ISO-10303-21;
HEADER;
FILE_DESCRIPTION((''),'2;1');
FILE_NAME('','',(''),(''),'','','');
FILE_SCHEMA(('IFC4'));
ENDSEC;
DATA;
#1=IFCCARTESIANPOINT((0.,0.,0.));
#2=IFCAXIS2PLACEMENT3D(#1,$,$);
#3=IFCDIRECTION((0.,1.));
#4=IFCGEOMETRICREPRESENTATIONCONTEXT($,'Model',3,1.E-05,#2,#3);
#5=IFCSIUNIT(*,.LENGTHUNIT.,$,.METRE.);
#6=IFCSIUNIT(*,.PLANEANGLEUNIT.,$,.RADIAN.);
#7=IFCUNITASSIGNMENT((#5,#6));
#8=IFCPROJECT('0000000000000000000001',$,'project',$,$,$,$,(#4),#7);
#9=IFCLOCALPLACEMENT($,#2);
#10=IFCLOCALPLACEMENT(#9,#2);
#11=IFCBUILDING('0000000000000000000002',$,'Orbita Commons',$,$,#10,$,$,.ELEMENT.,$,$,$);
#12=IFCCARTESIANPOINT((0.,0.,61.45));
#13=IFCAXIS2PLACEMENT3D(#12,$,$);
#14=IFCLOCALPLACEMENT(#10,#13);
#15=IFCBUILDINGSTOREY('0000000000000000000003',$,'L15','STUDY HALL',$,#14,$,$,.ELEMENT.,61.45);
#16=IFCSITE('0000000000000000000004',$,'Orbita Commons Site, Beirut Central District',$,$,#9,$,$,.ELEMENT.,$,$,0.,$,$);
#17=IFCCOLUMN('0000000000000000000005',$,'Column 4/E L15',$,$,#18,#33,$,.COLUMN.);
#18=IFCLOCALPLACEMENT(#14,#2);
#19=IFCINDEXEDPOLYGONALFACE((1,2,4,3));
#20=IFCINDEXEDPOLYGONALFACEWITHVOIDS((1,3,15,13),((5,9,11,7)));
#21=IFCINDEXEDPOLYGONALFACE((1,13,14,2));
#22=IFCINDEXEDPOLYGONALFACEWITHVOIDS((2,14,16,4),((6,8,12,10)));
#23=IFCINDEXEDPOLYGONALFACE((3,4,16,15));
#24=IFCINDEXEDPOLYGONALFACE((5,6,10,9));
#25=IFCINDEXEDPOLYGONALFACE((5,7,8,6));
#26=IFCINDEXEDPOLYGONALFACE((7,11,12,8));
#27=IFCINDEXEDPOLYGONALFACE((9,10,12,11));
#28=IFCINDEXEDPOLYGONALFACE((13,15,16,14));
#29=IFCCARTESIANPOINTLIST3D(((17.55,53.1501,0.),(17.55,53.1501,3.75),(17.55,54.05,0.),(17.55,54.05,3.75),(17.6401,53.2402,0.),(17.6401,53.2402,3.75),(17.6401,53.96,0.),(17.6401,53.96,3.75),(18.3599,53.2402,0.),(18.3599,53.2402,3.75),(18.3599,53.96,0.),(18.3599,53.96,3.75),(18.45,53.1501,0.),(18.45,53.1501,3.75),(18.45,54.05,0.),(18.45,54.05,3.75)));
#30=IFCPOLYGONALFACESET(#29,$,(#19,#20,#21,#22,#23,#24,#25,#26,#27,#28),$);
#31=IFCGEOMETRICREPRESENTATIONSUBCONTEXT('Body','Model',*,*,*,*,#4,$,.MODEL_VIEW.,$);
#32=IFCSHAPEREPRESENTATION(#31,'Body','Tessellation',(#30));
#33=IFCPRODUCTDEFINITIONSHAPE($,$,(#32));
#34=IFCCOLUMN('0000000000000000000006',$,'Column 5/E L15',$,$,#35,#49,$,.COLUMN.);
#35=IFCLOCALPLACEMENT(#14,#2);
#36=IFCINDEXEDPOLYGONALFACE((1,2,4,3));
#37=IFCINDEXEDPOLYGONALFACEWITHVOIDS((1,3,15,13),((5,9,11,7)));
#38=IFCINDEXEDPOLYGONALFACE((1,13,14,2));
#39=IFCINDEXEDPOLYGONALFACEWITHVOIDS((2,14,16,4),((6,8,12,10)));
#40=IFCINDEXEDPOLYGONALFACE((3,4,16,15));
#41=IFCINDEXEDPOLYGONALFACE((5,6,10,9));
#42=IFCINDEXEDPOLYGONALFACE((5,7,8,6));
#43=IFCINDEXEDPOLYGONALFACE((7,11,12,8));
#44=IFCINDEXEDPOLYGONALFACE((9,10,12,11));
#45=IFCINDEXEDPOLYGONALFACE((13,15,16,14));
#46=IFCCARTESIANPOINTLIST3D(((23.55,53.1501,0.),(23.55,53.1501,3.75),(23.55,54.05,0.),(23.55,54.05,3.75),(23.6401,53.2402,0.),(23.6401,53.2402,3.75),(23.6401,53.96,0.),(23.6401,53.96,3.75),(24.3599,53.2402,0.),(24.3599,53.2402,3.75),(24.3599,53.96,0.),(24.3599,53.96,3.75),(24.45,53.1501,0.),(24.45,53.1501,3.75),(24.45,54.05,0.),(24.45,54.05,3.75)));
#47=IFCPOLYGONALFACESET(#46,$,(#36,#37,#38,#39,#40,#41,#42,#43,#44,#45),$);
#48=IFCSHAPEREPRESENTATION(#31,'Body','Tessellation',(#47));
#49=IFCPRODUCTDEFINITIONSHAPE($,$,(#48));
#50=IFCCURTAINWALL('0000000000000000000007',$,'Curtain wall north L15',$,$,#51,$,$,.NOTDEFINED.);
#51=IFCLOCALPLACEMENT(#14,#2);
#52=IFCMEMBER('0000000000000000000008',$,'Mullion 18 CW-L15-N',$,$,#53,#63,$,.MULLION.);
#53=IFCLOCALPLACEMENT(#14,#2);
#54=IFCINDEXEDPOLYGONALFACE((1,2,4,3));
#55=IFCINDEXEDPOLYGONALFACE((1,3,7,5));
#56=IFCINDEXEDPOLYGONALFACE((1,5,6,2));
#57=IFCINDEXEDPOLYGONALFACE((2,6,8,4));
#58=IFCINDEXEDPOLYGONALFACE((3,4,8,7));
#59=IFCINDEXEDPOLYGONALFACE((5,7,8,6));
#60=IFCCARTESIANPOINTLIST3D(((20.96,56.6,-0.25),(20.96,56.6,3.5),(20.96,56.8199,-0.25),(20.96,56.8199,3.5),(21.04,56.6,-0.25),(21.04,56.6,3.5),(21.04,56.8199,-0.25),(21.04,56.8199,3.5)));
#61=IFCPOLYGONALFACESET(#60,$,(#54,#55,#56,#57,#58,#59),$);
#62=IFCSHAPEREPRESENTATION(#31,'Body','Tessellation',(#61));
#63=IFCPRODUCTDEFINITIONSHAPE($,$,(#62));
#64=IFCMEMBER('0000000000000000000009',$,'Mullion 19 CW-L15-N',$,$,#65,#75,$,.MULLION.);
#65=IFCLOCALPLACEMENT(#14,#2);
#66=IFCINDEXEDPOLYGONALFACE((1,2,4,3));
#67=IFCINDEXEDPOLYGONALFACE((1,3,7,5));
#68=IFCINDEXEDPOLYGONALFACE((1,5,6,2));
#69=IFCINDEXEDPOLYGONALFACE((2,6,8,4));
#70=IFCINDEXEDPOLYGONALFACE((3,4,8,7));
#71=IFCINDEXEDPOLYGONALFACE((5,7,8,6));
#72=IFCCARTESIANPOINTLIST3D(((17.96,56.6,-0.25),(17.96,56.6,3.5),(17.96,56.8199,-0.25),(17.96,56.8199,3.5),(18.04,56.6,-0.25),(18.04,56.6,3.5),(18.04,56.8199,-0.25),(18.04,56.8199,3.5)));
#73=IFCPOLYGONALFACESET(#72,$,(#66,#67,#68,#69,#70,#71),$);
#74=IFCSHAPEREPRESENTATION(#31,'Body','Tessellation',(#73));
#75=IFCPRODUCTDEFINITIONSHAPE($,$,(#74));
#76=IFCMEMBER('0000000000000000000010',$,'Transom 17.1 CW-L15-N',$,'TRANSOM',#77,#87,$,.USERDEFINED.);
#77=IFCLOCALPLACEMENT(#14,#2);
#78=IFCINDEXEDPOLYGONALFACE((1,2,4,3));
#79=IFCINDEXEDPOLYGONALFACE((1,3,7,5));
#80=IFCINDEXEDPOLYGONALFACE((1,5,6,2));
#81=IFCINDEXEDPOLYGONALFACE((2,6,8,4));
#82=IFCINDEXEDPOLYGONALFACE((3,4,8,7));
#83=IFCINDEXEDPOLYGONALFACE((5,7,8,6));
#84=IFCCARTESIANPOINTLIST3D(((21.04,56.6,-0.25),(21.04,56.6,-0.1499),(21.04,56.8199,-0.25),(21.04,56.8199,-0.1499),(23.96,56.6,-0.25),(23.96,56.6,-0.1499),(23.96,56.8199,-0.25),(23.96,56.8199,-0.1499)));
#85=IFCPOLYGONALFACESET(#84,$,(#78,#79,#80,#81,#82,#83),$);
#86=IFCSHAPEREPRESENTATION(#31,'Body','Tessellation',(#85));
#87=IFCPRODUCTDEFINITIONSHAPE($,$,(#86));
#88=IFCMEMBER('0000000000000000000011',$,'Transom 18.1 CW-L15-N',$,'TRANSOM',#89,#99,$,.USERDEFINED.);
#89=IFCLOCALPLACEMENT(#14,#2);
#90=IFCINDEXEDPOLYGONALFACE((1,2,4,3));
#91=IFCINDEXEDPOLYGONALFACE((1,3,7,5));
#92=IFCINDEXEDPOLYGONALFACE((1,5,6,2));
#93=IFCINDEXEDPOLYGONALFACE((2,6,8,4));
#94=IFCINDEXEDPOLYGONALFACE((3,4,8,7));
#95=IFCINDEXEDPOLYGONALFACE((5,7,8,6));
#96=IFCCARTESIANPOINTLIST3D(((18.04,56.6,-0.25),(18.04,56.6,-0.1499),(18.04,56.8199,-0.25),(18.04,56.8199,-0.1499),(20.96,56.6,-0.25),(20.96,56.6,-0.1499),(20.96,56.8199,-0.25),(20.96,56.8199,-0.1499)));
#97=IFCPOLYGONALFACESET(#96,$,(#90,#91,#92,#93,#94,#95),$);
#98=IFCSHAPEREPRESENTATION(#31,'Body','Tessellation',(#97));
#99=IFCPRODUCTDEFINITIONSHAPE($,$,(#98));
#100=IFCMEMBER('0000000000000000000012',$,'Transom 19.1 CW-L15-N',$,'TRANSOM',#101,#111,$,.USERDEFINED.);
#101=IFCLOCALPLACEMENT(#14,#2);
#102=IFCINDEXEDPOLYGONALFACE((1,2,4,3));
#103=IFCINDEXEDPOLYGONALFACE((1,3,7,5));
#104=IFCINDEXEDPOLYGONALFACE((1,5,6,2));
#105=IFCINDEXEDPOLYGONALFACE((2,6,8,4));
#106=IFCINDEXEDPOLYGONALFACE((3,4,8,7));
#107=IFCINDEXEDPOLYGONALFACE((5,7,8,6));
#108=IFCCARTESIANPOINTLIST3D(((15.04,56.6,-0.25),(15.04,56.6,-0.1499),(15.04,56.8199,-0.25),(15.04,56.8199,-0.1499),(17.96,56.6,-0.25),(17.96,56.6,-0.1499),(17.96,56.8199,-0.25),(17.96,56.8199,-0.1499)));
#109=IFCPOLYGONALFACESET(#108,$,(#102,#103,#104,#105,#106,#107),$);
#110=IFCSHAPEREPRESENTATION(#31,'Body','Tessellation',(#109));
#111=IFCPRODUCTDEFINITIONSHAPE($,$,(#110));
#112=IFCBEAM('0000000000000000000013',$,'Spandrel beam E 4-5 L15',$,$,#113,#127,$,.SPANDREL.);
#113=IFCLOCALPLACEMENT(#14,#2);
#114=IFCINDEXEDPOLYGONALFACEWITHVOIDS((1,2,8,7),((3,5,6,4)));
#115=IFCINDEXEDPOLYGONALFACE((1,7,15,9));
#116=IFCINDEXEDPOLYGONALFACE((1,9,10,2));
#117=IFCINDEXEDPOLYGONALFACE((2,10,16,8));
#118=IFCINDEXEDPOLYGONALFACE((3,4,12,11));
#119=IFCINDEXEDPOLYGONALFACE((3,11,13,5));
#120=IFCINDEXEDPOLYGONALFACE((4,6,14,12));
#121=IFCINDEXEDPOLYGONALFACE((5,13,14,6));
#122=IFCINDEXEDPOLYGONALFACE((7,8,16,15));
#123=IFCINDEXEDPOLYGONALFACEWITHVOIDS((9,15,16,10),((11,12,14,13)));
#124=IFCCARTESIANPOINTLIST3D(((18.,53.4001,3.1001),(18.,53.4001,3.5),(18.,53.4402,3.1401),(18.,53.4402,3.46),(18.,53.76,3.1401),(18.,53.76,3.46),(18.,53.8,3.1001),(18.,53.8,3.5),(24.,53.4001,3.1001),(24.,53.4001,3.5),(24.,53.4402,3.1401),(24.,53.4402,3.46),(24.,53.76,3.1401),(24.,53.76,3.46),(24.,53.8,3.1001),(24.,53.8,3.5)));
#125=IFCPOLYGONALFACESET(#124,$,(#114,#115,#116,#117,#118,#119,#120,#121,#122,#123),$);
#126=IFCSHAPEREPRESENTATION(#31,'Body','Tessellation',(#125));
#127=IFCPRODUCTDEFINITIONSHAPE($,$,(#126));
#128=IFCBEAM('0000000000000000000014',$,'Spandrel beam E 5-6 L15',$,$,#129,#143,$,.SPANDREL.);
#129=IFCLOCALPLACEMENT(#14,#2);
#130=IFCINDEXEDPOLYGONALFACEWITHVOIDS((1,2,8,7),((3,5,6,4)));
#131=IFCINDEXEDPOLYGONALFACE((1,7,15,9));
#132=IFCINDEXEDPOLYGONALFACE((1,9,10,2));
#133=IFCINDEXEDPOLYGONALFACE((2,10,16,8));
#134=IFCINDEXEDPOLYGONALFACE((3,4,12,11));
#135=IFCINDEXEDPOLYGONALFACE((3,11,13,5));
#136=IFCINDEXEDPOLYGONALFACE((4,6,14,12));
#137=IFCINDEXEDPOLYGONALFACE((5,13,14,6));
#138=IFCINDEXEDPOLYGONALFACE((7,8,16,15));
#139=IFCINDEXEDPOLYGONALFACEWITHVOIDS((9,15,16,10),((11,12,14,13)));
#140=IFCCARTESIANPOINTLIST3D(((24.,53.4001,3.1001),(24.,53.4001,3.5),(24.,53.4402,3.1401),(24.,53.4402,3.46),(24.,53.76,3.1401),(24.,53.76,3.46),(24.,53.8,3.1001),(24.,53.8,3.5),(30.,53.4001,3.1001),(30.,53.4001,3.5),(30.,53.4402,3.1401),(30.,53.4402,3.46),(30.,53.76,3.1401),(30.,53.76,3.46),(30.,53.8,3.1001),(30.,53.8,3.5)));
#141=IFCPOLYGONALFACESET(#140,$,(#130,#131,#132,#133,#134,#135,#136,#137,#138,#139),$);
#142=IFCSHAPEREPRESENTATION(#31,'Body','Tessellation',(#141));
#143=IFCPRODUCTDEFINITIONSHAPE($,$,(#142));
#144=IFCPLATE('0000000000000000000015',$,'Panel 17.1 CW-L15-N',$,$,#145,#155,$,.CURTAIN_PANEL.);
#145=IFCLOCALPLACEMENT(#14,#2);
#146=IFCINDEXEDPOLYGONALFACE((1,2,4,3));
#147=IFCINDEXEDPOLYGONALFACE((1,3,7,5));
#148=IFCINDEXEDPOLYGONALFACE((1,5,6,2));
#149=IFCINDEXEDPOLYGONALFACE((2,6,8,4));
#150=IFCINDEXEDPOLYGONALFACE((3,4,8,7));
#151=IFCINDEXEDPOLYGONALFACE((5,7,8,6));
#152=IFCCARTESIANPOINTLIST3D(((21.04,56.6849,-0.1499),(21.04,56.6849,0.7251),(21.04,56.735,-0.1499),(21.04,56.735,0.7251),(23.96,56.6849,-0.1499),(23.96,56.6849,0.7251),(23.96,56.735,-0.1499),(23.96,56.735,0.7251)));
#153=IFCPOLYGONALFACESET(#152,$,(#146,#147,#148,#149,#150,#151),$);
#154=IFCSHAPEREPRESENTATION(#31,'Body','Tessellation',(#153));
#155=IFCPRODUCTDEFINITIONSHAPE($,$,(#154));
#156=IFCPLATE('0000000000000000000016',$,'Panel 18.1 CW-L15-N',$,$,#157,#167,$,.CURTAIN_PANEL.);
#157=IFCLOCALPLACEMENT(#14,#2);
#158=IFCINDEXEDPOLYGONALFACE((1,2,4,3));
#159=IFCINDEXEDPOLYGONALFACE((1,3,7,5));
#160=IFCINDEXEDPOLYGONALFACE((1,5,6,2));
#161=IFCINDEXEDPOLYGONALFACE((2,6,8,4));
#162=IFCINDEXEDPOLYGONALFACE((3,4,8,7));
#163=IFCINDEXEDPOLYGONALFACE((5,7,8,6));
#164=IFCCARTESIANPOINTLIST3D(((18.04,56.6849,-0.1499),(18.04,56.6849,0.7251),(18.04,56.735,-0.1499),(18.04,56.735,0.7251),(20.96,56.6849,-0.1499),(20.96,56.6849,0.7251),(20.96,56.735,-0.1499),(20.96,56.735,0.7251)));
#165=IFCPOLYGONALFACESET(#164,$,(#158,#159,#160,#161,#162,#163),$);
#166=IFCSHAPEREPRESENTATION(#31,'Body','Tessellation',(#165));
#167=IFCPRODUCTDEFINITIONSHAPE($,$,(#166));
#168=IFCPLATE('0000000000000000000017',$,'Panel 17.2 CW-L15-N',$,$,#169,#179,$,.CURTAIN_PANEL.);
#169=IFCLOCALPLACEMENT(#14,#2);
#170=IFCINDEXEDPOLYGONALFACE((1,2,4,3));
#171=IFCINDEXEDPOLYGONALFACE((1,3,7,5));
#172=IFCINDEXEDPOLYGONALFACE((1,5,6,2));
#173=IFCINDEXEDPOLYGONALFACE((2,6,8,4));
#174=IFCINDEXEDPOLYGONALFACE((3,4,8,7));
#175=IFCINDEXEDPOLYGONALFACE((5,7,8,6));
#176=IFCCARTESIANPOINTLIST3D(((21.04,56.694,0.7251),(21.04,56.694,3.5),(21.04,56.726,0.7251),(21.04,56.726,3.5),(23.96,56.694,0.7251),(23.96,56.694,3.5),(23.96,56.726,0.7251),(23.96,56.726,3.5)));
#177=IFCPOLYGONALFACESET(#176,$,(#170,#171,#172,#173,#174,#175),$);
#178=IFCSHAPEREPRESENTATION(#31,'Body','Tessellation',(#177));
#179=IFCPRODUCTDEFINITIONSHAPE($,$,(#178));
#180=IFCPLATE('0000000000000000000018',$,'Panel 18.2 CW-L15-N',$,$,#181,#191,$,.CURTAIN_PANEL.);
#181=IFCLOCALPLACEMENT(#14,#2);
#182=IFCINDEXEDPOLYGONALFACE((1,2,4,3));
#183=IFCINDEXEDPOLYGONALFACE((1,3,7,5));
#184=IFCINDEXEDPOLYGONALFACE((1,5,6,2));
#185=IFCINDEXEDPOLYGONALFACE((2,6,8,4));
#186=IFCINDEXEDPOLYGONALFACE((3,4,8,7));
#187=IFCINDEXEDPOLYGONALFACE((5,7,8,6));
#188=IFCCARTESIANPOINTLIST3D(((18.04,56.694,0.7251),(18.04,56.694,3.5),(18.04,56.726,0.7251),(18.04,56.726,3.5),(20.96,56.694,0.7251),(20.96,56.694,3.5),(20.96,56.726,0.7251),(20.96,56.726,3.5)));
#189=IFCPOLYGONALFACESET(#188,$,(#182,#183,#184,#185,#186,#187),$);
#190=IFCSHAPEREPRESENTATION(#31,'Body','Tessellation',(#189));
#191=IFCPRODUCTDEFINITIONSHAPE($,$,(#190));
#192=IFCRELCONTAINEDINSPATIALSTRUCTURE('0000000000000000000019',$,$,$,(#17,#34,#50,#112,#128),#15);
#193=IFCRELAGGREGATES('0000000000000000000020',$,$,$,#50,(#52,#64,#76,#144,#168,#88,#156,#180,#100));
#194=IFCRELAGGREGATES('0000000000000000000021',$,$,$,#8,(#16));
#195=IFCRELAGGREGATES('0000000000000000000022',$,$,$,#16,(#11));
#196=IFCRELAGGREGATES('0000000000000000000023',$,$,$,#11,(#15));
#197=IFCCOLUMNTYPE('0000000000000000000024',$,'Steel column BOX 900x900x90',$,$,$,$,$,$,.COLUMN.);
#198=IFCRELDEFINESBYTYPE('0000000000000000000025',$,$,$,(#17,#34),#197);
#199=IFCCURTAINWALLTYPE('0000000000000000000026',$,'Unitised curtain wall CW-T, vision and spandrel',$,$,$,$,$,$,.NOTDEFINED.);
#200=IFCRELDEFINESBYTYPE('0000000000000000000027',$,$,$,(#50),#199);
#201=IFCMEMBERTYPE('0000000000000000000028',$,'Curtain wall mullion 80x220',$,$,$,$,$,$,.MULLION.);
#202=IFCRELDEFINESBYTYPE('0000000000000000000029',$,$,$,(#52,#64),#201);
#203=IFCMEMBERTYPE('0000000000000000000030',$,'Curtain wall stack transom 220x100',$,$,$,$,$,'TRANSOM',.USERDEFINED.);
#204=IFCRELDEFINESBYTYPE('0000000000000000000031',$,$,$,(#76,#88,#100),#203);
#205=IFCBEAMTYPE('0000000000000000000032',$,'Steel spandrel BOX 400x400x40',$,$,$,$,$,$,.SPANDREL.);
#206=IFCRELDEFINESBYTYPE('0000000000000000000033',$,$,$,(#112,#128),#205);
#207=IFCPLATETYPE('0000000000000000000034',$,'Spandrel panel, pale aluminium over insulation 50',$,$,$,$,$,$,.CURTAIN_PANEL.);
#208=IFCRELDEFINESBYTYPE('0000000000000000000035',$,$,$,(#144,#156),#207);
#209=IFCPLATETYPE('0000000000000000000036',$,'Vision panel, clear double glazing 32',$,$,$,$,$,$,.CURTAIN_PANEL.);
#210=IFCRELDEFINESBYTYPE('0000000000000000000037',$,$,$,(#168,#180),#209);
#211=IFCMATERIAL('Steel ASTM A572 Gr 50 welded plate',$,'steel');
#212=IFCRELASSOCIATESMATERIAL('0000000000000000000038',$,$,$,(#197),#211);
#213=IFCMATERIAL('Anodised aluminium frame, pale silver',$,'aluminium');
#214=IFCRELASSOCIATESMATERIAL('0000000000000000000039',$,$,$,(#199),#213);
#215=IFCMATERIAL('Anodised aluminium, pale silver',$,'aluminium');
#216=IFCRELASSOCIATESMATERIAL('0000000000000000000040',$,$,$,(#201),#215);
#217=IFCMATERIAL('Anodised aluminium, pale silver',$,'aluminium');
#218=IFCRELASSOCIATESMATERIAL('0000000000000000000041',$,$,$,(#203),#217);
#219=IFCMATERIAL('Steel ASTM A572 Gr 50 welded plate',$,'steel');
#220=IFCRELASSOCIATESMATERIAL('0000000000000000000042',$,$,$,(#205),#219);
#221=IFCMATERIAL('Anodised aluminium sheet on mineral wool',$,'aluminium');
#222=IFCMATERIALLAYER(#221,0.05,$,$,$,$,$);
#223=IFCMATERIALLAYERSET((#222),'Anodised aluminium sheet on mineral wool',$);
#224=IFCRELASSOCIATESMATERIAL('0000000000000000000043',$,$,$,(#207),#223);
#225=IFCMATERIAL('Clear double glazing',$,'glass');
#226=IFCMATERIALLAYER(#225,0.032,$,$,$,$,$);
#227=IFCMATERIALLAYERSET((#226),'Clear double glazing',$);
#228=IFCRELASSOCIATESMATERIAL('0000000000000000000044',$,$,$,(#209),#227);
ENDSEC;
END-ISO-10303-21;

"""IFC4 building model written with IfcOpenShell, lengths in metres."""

from ifc_helpers import new_model, si_unit, direction, frame, origin, origin_2d, place, context, subcontext, project, spatial, rectangle, hollow_rectangle, extrude, material, layer, layer_set, material_profile, profile_set, type_object, element, aggregate, save


model = new_model("IFC4")

# Units and contexts
model_context = context("Model", 3, precision=1e-05, world=origin(), true_north=direction((0.0, 1.0)))
body_context = subcontext(model_context, "Body", "Model", "MODEL_VIEW")
ifc_project = project(units=[si_unit("LENGTHUNIT", "METRE"), si_unit("PLANEANGLEUNIT", "RADIAN")], contexts=[model_context])

# Site, building, storey
site_placement = place(None, origin())
site = spatial("IfcSite", under=ifc_project, at=site_placement, Name="Orbita Commons Site, Beirut Central District", CompositionType="ELEMENT", RefElevation=0.0)
building_placement = place(site_placement, origin())
building = spatial("IfcBuilding", under=site, at=building_placement, Name="Orbita Commons", CompositionType="ELEMENT")
storey_placement = place(building_placement, frame((0.0, 0.0, 61.45)))
storey = spatial("IfcBuildingStorey", under=building, at=storey_placement, Name="L15", Description="STUDY HALL", CompositionType="ELEMENT", Elevation=61.45)

# Columns
ifc_material_1 = material(Name="Steel ASTM A572 Gr 50 welded plate", Category="steel")
ifc_material_profile_1 = material_profile(ifc_material_1, hollow_rectangle(XDim=0.8999, YDim=0.8999, WallThickness=0.0901, at=origin_2d()), Name="BOX 900x900x90")
ifc_profile_set_1 = profile_set([ifc_material_profile_1], Name="Steel ASTM A572 Gr 50 welded plate")
column_type = type_object("IfcColumnType", Name="Steel column BOX 900x900x90", PredefinedType="COLUMN", material=ifc_profile_set_1)
for number, where, z_axis, x_axis, name in (
    (1, (18.0, 53.6001, 0.0), (0.0, 0.0, 1.0), (1.0, 0.0, 0.0), "Column 4/E L15"),
    (2, (24.0, 53.6001, 0.0), (0.0, 0.0, 1.0), (1.0, 0.0, 0.0), "Column 5/E L15"),
):
    element("IfcColumn", number, at=place(storey_placement, frame(where, z_axis=z_axis, x_axis=x_axis)), inside=storey, type_object=column_type, Name=name, PredefinedType="COLUMN", context=body_context, shape_type="SweptSolid", body=[
        extrude(hollow_rectangle(XDim=0.8999, YDim=0.8999, WallThickness=0.0901, at=origin_2d()), origin(), (0.0, 0.0, 1.0), 3.75),
    ])

# Curtain wall, members
ifc_material_2 = material(Name="Anodised aluminium frame, pale silver", Category="aluminium")
curtain_wall_type = type_object("IfcCurtainWallType", Name="Unitised curtain wall CW-T, vision and spandrel", PredefinedType="NOTDEFINED", material=ifc_material_2)
curtain_wall_placement = place(storey_placement, origin())
curtain_wall = element("IfcCurtainWall", 3, at=curtain_wall_placement, inside=storey, type_object=curtain_wall_type, Name="Curtain wall north L15", PredefinedType="NOTDEFINED")
ifc_material_3 = material(Name="Anodised aluminium, pale silver", Category="aluminium")
ifc_material_profile_2 = material_profile(ifc_material_3, rectangle(XDim=0.0801, YDim=0.22, at=origin_2d()), Name="AL 80x220")
ifc_profile_set_2 = profile_set([ifc_material_profile_2], Name="Anodised aluminium, pale silver")
member_type_1 = type_object("IfcMemberType", Name="Curtain wall mullion 80x220", PredefinedType="MULLION", material=ifc_profile_set_2)
member_1_placement = place(storey_placement, frame((21.0, 56.71, -0.25), z_axis=(0.0, 0.0, 1.0), x_axis=(-1.0, 0.0, 0.0)))
member_1 = element("IfcMember", 4, at=member_1_placement, type_object=member_type_1, Name="Mullion 18 CW-L15-N", PredefinedType="MULLION", context=body_context, shape_type="SweptSolid", body=[
    extrude(rectangle(XDim=0.0801, YDim=0.22, at=origin_2d()), origin(), (0.0, 0.0, 1.0), 3.75),
])
member_2_placement = place(storey_placement, frame((18.0, 56.71, -0.25), z_axis=(0.0, 0.0, 1.0), x_axis=(-1.0, 0.0, 0.0)))
member_2 = element("IfcMember", 5, at=member_2_placement, type_object=member_type_1, Name="Mullion 19 CW-L15-N", PredefinedType="MULLION", context=body_context, shape_type="SweptSolid", body=[
    extrude(rectangle(XDim=0.0801, YDim=0.22, at=origin_2d()), origin(), (0.0, 0.0, 1.0), 3.75),
])
ifc_material_4 = material(Name="Anodised aluminium, pale silver", Category="aluminium")
ifc_material_profile_3 = material_profile(ifc_material_4, rectangle(XDim=0.22, YDim=0.1001, at=origin_2d()), Name="AL 220x100")
ifc_profile_set_3 = profile_set([ifc_material_profile_3], Name="Anodised aluminium, pale silver")
member_type_2 = type_object("IfcMemberType", Name="Curtain wall stack transom 220x100", ElementType="TRANSOM", PredefinedType="USERDEFINED", material=ifc_profile_set_3)
member_3_placement = place(storey_placement, frame((23.96, 56.71, -0.2), z_axis=(-1.0, 0.0, 0.0), x_axis=(0.0, -1.0, 0.0)))
member_3 = element("IfcMember", 6, at=member_3_placement, type_object=member_type_2, Name="Transom 17.1 CW-L15-N", ObjectType="TRANSOM", PredefinedType="USERDEFINED", context=body_context, shape_type="SweptSolid", body=[
    extrude(rectangle(XDim=0.22, YDim=0.1001, at=origin_2d()), origin(), (0.0, 0.0, 1.0), 2.9199),
])
member_4_placement = place(storey_placement, frame((20.96, 56.71, -0.2), z_axis=(-1.0, 0.0, 0.0), x_axis=(0.0, -1.0, 0.0)))
member_4 = element("IfcMember", 7, at=member_4_placement, type_object=member_type_2, Name="Transom 18.1 CW-L15-N", ObjectType="TRANSOM", PredefinedType="USERDEFINED", context=body_context, shape_type="SweptSolid", body=[
    extrude(rectangle(XDim=0.22, YDim=0.1001, at=origin_2d()), origin(), (0.0, 0.0, 1.0), 2.9199),
])
member_5_placement = place(storey_placement, frame((17.96, 56.71, -0.2), z_axis=(-1.0, 0.0, 0.0), x_axis=(0.0, -1.0, 0.0)))
member_5 = element("IfcMember", 8, at=member_5_placement, type_object=member_type_2, Name="Transom 19.1 CW-L15-N", ObjectType="TRANSOM", PredefinedType="USERDEFINED", context=body_context, shape_type="SweptSolid", body=[
    extrude(rectangle(XDim=0.22, YDim=0.1001, at=origin_2d()), origin(), (0.0, 0.0, 1.0), 2.9199),
])

# Beams
ifc_material_5 = material(Name="Steel ASTM A572 Gr 50 welded plate", Category="steel")
ifc_material_profile_4 = material_profile(ifc_material_5, hollow_rectangle(XDim=0.3999, YDim=0.3999, WallThickness=0.04, at=origin_2d()), Name="BOX 400x400x40")
ifc_profile_set_4 = profile_set([ifc_material_profile_4], Name="Steel ASTM A572 Gr 50 welded plate")
beam_type = type_object("IfcBeamType", Name="Steel spandrel BOX 400x400x40", PredefinedType="SPANDREL", material=ifc_profile_set_4)
for number, where, z_axis, x_axis, name in (
    (9, (18.0, 53.6001, 3.3), (1.0, 0.0, 0.0), (0.0, 1.0, 0.0), "Spandrel beam E 4-5 L15"),
    (10, (24.0, 53.6001, 3.3), (1.0, 0.0, 0.0), (0.0, 1.0, 0.0), "Spandrel beam E 5-6 L15"),
):
    element("IfcBeam", number, at=place(storey_placement, frame(where, z_axis=z_axis, x_axis=x_axis)), inside=storey, type_object=beam_type, Name=name, PredefinedType="SPANDREL", context=body_context, shape_type="SweptSolid", body=[
        extrude(hollow_rectangle(XDim=0.3999, YDim=0.3999, WallThickness=0.04, at=origin_2d()), origin(), (0.0, 0.0, 1.0), 6.0),
    ])

# Plates
ifc_material_6 = material(Name="Anodised aluminium sheet on mineral wool", Category="aluminium")
ifc_layer_1 = layer(ifc_material_6, 0.05)
ifc_layer_set_1 = layer_set([ifc_layer_1], Name="Anodised aluminium sheet on mineral wool")
plate_type_1 = type_object("IfcPlateType", Name="Spandrel panel, pale aluminium over insulation 50", PredefinedType="CURTAIN_PANEL", material=ifc_layer_set_1)
plate_1_placement = place(storey_placement, frame((22.5, 56.71, -0.1499), z_axis=(0.0, 0.0, 1.0), x_axis=(-1.0, 0.0, 0.0)))
plate_1 = element("IfcPlate", 11, at=plate_1_placement, type_object=plate_type_1, Name="Panel 17.1 CW-L15-N", PredefinedType="CURTAIN_PANEL", context=body_context, shape_type="SweptSolid", body=[
    extrude(rectangle(XDim=2.9199, YDim=0.05, at=origin_2d()), origin(), (0.0, 0.0, 1.0), 0.875),
])
plate_2_placement = place(storey_placement, frame((19.5, 56.71, -0.1499), z_axis=(0.0, 0.0, 1.0), x_axis=(-1.0, 0.0, 0.0)))
plate_2 = element("IfcPlate", 12, at=plate_2_placement, type_object=plate_type_1, Name="Panel 18.1 CW-L15-N", PredefinedType="CURTAIN_PANEL", context=body_context, shape_type="SweptSolid", body=[
    extrude(rectangle(XDim=2.9199, YDim=0.05, at=origin_2d()), origin(), (0.0, 0.0, 1.0), 0.875),
])
ifc_material_7 = material(Name="Clear double glazing", Category="glass")
ifc_layer_2 = layer(ifc_material_7, 0.032)
ifc_layer_set_2 = layer_set([ifc_layer_2], Name="Clear double glazing")
plate_type_2 = type_object("IfcPlateType", Name="Vision panel, clear double glazing 32", PredefinedType="CURTAIN_PANEL", material=ifc_layer_set_2)
plate_3_placement = place(storey_placement, frame((22.5, 56.71, 0.7251), z_axis=(0.0, 0.0, 1.0), x_axis=(-1.0, 0.0, 0.0)))
plate_3 = element("IfcPlate", 13, at=plate_3_placement, type_object=plate_type_2, Name="Panel 17.2 CW-L15-N", PredefinedType="CURTAIN_PANEL", context=body_context, shape_type="SweptSolid", body=[
    extrude(rectangle(XDim=2.9199, YDim=0.032, at=origin_2d()), origin(), (0.0, 0.0, 1.0), 2.7749),
])
plate_4_placement = place(storey_placement, frame((19.5, 56.71, 0.7251), z_axis=(0.0, 0.0, 1.0), x_axis=(-1.0, 0.0, 0.0)))
plate_4 = element("IfcPlate", 14, at=plate_4_placement, type_object=plate_type_2, Name="Panel 18.2 CW-L15-N", PredefinedType="CURTAIN_PANEL", context=body_context, shape_type="SweptSolid", body=[
    extrude(rectangle(XDim=2.9199, YDim=0.032, at=origin_2d()), origin(), (0.0, 0.0, 1.0), 2.7749),
])
aggregate(curtain_wall, [member_1, member_2, member_3, plate_1, plate_3, member_4, plate_2, plate_4, member_5])

save(model, "model.ifc")
